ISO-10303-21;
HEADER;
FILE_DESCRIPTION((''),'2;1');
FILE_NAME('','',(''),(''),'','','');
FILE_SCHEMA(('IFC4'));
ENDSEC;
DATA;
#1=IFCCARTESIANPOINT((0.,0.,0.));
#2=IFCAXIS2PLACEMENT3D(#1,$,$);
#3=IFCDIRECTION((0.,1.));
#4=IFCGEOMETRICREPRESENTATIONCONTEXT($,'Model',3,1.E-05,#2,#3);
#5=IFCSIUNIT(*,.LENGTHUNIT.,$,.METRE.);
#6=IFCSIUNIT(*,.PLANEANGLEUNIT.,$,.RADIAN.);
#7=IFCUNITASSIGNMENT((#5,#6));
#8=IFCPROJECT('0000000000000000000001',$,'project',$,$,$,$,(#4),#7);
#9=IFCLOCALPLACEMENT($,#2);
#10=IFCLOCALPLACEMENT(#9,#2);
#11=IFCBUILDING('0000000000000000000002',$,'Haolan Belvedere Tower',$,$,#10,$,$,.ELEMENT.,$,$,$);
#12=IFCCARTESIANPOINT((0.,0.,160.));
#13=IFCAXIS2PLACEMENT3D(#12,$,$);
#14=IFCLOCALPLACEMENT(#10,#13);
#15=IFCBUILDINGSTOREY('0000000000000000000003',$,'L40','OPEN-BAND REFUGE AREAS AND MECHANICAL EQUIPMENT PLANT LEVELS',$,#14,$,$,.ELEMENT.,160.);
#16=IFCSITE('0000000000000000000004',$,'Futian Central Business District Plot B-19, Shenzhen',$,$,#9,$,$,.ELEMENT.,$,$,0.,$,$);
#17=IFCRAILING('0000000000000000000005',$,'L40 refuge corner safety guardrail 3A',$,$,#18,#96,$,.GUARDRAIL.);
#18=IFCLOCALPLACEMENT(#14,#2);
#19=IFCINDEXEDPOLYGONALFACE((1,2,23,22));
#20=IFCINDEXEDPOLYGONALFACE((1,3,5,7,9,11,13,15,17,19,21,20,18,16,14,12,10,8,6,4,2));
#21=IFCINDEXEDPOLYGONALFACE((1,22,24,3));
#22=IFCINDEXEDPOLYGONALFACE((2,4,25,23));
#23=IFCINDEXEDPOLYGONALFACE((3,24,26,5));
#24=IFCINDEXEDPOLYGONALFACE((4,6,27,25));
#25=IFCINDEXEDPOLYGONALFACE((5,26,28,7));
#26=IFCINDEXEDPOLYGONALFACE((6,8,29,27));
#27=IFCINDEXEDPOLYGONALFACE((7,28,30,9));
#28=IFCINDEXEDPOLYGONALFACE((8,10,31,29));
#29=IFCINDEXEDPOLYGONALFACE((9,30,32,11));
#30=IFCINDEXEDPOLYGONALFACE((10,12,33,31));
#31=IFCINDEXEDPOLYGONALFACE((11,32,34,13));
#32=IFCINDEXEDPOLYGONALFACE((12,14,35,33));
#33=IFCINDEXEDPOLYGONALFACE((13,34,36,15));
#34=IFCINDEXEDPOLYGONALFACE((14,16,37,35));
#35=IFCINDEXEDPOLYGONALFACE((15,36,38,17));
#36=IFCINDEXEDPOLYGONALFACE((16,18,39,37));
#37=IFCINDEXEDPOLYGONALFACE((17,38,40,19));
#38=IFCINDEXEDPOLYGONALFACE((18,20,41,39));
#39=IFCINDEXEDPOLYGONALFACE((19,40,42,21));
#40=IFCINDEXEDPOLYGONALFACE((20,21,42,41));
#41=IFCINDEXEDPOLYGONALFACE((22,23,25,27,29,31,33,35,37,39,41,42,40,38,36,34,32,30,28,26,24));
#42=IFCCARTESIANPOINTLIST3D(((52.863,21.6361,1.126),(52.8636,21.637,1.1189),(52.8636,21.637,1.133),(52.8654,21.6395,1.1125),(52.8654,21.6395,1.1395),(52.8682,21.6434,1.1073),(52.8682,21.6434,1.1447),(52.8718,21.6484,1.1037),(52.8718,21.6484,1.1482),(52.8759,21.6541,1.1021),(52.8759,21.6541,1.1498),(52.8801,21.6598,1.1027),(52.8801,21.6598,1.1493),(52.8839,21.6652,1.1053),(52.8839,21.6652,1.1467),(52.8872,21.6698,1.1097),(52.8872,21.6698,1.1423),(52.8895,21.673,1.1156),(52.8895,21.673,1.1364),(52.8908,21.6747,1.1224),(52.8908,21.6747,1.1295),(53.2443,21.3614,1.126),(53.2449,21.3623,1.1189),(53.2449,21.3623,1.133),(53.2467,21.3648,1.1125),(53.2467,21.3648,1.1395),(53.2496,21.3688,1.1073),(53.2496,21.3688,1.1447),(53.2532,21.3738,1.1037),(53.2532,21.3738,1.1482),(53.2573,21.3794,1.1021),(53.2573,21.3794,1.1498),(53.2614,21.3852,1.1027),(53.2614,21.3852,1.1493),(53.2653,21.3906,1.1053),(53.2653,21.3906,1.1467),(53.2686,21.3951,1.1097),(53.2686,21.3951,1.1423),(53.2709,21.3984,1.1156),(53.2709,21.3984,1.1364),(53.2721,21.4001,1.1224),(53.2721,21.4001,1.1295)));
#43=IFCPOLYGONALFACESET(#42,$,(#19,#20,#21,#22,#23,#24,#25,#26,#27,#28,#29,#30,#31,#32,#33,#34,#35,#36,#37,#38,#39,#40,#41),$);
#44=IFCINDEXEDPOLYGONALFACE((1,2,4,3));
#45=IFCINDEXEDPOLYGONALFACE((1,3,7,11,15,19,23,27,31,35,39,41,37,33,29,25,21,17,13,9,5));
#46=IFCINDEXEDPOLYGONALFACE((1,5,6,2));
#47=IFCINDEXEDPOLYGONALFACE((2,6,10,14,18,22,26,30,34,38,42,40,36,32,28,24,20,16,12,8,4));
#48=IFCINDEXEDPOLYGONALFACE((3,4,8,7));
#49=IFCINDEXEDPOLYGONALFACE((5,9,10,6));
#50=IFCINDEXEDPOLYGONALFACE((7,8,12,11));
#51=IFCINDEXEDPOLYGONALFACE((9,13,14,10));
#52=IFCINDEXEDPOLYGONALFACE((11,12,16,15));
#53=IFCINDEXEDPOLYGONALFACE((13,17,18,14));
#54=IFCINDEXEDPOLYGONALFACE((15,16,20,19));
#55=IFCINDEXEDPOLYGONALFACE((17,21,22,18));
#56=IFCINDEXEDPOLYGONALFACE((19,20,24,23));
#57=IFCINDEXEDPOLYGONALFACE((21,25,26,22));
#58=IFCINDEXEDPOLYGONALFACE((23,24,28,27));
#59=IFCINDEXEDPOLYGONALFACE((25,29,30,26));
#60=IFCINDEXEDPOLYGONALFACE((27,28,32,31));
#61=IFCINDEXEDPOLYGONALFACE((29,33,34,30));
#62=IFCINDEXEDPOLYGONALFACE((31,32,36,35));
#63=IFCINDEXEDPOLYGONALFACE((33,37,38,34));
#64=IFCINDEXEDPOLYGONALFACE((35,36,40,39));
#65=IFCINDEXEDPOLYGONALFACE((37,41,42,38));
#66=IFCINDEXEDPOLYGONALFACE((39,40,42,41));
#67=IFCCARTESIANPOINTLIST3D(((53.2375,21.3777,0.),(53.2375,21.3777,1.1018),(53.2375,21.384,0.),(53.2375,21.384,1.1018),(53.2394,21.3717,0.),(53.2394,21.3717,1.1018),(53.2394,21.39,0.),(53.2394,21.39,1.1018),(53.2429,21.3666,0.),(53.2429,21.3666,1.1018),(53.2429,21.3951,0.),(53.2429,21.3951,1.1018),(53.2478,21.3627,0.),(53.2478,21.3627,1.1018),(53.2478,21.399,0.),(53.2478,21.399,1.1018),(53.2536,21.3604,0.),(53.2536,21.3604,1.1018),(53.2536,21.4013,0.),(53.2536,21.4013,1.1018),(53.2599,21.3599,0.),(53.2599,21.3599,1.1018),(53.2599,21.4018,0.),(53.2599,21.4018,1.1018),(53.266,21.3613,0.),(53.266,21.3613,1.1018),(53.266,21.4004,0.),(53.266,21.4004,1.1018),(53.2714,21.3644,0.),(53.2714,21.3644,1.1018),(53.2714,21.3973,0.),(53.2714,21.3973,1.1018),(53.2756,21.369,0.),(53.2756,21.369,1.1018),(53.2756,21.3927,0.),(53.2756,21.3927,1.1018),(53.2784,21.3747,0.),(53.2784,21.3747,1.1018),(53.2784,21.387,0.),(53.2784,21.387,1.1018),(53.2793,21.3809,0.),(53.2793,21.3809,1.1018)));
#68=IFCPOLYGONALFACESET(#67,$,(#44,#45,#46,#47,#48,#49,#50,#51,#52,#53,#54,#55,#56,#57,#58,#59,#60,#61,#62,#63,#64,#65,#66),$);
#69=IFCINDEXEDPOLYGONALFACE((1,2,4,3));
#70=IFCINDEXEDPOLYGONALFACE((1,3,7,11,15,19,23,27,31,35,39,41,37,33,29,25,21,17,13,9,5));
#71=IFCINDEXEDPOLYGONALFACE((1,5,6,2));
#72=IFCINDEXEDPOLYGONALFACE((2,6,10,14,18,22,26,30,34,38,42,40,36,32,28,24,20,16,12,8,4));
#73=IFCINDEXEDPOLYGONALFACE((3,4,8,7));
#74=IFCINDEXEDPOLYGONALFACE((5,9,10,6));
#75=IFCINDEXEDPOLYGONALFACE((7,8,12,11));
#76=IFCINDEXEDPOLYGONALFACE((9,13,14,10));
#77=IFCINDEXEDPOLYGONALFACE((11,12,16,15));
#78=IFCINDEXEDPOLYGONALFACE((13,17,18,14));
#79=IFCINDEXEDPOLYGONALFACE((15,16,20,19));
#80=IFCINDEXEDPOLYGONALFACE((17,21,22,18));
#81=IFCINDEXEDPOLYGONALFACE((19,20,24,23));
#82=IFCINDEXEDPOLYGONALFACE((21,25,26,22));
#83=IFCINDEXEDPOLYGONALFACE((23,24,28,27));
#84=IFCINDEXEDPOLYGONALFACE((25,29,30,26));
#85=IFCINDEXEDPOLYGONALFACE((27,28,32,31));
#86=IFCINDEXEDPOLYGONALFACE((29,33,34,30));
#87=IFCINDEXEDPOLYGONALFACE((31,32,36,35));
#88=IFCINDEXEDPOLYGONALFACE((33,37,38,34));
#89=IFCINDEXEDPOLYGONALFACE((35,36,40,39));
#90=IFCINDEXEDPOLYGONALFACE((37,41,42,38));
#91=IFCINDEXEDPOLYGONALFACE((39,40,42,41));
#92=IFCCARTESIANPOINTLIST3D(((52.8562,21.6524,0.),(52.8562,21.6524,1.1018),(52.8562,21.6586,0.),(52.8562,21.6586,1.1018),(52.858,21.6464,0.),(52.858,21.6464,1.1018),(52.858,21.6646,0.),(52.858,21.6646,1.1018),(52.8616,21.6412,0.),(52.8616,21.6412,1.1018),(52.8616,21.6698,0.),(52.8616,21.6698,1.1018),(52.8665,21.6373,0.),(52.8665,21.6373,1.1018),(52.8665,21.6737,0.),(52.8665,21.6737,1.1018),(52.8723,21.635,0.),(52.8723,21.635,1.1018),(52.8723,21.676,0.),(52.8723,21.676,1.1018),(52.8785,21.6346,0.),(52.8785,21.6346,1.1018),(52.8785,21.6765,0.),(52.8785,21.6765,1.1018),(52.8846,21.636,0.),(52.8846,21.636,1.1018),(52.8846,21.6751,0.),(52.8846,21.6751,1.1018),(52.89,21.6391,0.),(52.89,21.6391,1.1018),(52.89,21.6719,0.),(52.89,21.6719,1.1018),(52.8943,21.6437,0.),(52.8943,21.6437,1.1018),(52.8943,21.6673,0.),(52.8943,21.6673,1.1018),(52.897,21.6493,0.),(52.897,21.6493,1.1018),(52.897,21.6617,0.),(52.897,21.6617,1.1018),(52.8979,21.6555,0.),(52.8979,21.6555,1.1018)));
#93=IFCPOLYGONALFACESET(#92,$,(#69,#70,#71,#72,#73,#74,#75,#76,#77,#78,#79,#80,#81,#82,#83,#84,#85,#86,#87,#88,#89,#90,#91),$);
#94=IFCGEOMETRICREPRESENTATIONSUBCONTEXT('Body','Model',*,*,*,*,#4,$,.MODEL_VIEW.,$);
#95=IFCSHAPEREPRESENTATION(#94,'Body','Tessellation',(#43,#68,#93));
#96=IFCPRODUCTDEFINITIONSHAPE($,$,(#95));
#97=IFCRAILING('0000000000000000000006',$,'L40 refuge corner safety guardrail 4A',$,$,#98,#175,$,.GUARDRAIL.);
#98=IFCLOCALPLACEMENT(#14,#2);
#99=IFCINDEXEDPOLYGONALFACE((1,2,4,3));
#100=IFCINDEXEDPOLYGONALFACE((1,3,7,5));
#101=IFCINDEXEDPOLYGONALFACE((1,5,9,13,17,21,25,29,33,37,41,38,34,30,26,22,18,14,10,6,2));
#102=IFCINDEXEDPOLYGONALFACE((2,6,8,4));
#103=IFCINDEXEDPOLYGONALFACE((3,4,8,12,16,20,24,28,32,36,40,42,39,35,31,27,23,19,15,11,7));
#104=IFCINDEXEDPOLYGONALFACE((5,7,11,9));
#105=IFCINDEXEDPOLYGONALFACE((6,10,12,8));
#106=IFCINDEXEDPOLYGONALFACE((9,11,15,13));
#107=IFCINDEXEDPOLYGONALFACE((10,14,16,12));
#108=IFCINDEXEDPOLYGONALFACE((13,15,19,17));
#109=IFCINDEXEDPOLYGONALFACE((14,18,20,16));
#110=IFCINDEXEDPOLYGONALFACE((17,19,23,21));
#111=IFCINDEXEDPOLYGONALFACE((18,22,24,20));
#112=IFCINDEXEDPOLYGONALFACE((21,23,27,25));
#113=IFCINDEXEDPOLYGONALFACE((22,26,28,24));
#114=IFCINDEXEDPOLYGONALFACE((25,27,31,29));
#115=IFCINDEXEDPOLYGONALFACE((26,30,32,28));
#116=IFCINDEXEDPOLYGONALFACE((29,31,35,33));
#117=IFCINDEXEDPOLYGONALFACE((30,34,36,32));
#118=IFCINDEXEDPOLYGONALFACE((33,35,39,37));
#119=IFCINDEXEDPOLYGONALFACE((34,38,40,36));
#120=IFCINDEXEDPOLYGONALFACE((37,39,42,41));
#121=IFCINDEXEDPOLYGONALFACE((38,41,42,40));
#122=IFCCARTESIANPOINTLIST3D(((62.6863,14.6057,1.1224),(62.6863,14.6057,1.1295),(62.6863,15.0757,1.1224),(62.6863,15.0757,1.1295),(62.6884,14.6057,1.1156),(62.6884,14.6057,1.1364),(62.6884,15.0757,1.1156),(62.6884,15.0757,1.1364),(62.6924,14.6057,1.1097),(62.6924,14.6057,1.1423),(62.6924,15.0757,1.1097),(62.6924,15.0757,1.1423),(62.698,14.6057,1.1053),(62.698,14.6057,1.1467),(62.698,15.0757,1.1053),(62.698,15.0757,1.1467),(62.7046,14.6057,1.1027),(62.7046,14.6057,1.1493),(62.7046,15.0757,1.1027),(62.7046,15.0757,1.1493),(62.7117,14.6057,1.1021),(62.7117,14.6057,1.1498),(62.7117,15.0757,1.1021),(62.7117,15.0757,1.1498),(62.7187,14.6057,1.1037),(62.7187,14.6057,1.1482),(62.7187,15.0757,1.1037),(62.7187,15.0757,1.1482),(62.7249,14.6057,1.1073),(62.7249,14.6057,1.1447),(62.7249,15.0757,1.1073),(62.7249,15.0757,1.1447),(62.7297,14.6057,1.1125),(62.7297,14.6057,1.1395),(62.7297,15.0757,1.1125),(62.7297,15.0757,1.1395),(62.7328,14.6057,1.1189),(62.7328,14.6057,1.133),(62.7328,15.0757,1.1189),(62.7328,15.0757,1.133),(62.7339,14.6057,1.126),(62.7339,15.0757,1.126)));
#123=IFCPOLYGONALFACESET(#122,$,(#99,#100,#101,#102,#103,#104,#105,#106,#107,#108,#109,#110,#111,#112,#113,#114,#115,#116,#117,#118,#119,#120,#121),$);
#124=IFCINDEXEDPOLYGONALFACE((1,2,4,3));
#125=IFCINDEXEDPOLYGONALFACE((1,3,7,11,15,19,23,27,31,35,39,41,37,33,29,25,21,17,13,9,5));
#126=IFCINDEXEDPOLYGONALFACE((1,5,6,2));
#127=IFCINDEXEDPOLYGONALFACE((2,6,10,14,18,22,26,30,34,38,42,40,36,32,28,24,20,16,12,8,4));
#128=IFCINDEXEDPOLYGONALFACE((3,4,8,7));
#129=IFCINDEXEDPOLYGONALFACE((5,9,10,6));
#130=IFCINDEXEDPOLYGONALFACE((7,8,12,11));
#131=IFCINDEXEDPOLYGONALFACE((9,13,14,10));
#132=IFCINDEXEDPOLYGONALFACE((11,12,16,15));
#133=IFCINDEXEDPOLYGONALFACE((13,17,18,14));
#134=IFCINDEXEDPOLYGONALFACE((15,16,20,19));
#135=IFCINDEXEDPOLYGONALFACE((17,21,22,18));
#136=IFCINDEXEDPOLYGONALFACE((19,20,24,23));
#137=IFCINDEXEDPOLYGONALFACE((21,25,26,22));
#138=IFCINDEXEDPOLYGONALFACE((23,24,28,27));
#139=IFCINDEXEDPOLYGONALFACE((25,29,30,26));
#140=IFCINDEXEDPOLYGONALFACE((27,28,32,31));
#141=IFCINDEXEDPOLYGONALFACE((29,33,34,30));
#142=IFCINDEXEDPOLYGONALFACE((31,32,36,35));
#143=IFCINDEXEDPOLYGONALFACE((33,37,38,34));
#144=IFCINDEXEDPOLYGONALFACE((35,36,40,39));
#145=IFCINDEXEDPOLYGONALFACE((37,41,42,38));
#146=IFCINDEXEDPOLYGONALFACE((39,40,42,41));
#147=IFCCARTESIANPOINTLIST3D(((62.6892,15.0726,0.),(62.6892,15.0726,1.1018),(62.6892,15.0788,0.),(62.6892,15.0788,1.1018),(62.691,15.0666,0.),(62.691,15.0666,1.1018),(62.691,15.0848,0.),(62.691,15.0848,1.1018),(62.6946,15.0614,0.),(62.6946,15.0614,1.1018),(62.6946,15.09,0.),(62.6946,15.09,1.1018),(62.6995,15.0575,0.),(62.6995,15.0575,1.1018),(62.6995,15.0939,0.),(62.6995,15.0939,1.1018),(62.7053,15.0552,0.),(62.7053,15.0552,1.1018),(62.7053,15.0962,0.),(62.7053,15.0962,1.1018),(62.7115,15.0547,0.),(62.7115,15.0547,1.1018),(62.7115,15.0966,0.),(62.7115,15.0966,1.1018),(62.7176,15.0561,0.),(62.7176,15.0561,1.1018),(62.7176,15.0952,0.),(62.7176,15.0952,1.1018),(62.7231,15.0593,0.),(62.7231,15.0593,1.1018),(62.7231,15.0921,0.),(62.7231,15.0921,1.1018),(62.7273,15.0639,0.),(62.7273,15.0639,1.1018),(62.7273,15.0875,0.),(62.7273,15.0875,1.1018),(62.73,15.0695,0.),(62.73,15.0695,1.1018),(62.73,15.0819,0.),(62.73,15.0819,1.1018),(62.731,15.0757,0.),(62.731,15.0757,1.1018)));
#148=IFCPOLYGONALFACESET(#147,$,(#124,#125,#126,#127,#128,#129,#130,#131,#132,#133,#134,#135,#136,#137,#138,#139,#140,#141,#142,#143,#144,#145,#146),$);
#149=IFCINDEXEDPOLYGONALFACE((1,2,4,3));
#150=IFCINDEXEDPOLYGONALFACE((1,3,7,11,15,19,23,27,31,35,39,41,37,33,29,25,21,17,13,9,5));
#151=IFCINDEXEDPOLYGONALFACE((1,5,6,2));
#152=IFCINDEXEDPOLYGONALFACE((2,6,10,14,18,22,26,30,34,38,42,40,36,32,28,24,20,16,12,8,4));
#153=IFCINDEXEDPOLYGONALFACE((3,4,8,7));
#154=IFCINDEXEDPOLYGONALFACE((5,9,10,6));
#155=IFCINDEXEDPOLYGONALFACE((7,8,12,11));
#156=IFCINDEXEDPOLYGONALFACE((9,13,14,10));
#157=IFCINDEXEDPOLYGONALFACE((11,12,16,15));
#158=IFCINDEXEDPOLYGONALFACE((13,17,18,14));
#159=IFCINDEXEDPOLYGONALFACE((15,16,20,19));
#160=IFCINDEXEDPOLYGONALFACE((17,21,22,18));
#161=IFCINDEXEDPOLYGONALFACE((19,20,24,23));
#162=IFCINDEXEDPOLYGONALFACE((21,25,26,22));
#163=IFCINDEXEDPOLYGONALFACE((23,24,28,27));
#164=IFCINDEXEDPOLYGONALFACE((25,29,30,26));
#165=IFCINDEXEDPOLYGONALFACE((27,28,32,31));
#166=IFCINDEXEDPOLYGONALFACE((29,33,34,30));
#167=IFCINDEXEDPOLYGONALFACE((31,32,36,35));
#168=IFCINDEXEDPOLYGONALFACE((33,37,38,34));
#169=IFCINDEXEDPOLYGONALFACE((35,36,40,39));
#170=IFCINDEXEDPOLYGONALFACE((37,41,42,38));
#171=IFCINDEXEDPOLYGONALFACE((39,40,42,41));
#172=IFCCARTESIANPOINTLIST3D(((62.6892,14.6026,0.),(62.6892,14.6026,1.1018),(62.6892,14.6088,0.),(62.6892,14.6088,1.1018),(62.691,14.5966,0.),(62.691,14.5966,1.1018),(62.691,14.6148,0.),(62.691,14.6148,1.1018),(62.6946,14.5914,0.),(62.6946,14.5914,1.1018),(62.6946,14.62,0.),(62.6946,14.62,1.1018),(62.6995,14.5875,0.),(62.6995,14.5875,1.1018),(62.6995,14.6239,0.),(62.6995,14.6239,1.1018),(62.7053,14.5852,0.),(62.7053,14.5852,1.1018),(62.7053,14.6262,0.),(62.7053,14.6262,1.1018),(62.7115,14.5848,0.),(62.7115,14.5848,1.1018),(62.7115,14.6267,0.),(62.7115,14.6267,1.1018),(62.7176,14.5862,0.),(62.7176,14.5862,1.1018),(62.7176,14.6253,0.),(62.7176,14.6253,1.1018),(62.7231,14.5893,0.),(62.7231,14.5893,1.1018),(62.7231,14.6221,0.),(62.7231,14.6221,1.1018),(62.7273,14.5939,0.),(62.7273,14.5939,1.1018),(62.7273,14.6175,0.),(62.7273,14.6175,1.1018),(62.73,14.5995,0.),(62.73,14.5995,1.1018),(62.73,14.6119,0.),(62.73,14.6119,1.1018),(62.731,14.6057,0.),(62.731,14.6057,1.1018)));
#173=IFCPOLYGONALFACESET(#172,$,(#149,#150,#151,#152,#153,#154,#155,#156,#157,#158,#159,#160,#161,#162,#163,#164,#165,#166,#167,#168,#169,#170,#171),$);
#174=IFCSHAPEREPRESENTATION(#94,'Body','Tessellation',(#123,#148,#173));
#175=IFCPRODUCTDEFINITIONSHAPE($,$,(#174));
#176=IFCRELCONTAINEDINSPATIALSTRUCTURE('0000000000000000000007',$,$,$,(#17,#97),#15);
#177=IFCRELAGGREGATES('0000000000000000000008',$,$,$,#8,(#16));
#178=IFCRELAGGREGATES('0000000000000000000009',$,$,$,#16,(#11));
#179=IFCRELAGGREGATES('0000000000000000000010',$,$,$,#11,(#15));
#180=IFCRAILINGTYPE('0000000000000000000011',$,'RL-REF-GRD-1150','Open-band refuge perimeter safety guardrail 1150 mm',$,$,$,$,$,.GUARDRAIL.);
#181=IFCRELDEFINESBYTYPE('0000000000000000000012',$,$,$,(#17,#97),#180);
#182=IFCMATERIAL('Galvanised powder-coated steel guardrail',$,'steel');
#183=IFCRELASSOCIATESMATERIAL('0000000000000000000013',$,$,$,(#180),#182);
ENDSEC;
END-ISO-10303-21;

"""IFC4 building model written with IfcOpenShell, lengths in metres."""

from ifc_helpers import new_model, si_unit, direction, frame, origin, origin_2d, place, context, subcontext, project, spatial, circle, extrude, material, type_object, element, save


model = new_model("IFC4")

# Units and contexts
model_context = context("Model", 3, precision=1e-05, world=origin(), true_north=direction((0.0, 1.0)))
body_context = subcontext(model_context, "Body", "Model", "MODEL_VIEW")
ifc_project = project(units=[si_unit("LENGTHUNIT", "METRE"), si_unit("PLANEANGLEUNIT", "RADIAN")], contexts=[model_context])

# Site, building, storey
site_placement = place(None, origin())
site = spatial("IfcSite", under=ifc_project, at=site_placement, Name="Futian Central Business District Plot B-19, Shenzhen", CompositionType="ELEMENT", RefElevation=0.0)
building_placement = place(site_placement, origin())
building = spatial("IfcBuilding", under=site, at=building_placement, Name="Haolan Belvedere Tower", CompositionType="ELEMENT")
storey_placement = place(building_placement, frame((0.0, 0.0, 160.0)))
storey = spatial("IfcBuildingStorey", under=building, at=storey_placement, Name="L40", Description="OPEN-BAND REFUGE AREAS AND MECHANICAL EQUIPMENT PLANT LEVELS", CompositionType="ELEMENT", Elevation=160.0)

# Railings
ifc_material_1 = material(Name="Galvanised powder-coated steel guardrail", Category="steel")
railing_type = type_object("IfcRailingType", Name="RL-REF-GRD-1150", Description="Open-band refuge perimeter safety guardrail 1150 mm", PredefinedType="GUARDRAIL", material=ifc_material_1)
railing_1_placement = place(storey_placement, frame((53.2583, 21.3809, 0.0)))
element("IfcRailing", 1, at=railing_1_placement, inside=storey, type_object=railing_type, Name="L40 refuge corner safety guardrail 3A", PredefinedType="GUARDRAIL", context=body_context, shape_type="SweptSolid", body=[
    extrude(circle(Radius=0.0239, at=origin_2d()), frame((0.0, 0.0, 1.126), z_axis=(-0.811446, 0.584428, 0.0), x_axis=(-0.584428, -0.811446, 0.0)), (0.0, 0.0, 1.0), 0.47),
    extrude(circle(Radius=0.021, at=origin_2d()), origin(), (0.0, 0.0, 1.0), 1.1018),
    extrude(circle(Radius=0.021, at=origin_2d()), frame((-0.3813, 0.2747, 0.0)), (0.0, 0.0, 1.0), 1.1018),
])
railing_2_placement = place(storey_placement, frame((62.71, 15.0757, 0.0)))
element("IfcRailing", 2, at=railing_2_placement, inside=storey, type_object=railing_type, Name="L40 refuge corner safety guardrail 4A", PredefinedType="GUARDRAIL", context=body_context, shape_type="SweptSolid", body=[
    extrude(circle(Radius=0.0239, at=origin_2d()), frame((0.0, 0.0, 1.126), z_axis=(0.0, -1.0, 0.0), x_axis=(1.0, 0.0, 0.0)), (0.0, 0.0, 1.0), 0.47),
    extrude(circle(Radius=0.021, at=origin_2d()), origin(), (0.0, 0.0, 1.0), 1.1018),
    extrude(circle(Radius=0.021, at=origin_2d()), frame((0.0, -0.47, 0.0)), (0.0, 0.0, 1.0), 1.1018),
])

save(model, "model.ifc")
